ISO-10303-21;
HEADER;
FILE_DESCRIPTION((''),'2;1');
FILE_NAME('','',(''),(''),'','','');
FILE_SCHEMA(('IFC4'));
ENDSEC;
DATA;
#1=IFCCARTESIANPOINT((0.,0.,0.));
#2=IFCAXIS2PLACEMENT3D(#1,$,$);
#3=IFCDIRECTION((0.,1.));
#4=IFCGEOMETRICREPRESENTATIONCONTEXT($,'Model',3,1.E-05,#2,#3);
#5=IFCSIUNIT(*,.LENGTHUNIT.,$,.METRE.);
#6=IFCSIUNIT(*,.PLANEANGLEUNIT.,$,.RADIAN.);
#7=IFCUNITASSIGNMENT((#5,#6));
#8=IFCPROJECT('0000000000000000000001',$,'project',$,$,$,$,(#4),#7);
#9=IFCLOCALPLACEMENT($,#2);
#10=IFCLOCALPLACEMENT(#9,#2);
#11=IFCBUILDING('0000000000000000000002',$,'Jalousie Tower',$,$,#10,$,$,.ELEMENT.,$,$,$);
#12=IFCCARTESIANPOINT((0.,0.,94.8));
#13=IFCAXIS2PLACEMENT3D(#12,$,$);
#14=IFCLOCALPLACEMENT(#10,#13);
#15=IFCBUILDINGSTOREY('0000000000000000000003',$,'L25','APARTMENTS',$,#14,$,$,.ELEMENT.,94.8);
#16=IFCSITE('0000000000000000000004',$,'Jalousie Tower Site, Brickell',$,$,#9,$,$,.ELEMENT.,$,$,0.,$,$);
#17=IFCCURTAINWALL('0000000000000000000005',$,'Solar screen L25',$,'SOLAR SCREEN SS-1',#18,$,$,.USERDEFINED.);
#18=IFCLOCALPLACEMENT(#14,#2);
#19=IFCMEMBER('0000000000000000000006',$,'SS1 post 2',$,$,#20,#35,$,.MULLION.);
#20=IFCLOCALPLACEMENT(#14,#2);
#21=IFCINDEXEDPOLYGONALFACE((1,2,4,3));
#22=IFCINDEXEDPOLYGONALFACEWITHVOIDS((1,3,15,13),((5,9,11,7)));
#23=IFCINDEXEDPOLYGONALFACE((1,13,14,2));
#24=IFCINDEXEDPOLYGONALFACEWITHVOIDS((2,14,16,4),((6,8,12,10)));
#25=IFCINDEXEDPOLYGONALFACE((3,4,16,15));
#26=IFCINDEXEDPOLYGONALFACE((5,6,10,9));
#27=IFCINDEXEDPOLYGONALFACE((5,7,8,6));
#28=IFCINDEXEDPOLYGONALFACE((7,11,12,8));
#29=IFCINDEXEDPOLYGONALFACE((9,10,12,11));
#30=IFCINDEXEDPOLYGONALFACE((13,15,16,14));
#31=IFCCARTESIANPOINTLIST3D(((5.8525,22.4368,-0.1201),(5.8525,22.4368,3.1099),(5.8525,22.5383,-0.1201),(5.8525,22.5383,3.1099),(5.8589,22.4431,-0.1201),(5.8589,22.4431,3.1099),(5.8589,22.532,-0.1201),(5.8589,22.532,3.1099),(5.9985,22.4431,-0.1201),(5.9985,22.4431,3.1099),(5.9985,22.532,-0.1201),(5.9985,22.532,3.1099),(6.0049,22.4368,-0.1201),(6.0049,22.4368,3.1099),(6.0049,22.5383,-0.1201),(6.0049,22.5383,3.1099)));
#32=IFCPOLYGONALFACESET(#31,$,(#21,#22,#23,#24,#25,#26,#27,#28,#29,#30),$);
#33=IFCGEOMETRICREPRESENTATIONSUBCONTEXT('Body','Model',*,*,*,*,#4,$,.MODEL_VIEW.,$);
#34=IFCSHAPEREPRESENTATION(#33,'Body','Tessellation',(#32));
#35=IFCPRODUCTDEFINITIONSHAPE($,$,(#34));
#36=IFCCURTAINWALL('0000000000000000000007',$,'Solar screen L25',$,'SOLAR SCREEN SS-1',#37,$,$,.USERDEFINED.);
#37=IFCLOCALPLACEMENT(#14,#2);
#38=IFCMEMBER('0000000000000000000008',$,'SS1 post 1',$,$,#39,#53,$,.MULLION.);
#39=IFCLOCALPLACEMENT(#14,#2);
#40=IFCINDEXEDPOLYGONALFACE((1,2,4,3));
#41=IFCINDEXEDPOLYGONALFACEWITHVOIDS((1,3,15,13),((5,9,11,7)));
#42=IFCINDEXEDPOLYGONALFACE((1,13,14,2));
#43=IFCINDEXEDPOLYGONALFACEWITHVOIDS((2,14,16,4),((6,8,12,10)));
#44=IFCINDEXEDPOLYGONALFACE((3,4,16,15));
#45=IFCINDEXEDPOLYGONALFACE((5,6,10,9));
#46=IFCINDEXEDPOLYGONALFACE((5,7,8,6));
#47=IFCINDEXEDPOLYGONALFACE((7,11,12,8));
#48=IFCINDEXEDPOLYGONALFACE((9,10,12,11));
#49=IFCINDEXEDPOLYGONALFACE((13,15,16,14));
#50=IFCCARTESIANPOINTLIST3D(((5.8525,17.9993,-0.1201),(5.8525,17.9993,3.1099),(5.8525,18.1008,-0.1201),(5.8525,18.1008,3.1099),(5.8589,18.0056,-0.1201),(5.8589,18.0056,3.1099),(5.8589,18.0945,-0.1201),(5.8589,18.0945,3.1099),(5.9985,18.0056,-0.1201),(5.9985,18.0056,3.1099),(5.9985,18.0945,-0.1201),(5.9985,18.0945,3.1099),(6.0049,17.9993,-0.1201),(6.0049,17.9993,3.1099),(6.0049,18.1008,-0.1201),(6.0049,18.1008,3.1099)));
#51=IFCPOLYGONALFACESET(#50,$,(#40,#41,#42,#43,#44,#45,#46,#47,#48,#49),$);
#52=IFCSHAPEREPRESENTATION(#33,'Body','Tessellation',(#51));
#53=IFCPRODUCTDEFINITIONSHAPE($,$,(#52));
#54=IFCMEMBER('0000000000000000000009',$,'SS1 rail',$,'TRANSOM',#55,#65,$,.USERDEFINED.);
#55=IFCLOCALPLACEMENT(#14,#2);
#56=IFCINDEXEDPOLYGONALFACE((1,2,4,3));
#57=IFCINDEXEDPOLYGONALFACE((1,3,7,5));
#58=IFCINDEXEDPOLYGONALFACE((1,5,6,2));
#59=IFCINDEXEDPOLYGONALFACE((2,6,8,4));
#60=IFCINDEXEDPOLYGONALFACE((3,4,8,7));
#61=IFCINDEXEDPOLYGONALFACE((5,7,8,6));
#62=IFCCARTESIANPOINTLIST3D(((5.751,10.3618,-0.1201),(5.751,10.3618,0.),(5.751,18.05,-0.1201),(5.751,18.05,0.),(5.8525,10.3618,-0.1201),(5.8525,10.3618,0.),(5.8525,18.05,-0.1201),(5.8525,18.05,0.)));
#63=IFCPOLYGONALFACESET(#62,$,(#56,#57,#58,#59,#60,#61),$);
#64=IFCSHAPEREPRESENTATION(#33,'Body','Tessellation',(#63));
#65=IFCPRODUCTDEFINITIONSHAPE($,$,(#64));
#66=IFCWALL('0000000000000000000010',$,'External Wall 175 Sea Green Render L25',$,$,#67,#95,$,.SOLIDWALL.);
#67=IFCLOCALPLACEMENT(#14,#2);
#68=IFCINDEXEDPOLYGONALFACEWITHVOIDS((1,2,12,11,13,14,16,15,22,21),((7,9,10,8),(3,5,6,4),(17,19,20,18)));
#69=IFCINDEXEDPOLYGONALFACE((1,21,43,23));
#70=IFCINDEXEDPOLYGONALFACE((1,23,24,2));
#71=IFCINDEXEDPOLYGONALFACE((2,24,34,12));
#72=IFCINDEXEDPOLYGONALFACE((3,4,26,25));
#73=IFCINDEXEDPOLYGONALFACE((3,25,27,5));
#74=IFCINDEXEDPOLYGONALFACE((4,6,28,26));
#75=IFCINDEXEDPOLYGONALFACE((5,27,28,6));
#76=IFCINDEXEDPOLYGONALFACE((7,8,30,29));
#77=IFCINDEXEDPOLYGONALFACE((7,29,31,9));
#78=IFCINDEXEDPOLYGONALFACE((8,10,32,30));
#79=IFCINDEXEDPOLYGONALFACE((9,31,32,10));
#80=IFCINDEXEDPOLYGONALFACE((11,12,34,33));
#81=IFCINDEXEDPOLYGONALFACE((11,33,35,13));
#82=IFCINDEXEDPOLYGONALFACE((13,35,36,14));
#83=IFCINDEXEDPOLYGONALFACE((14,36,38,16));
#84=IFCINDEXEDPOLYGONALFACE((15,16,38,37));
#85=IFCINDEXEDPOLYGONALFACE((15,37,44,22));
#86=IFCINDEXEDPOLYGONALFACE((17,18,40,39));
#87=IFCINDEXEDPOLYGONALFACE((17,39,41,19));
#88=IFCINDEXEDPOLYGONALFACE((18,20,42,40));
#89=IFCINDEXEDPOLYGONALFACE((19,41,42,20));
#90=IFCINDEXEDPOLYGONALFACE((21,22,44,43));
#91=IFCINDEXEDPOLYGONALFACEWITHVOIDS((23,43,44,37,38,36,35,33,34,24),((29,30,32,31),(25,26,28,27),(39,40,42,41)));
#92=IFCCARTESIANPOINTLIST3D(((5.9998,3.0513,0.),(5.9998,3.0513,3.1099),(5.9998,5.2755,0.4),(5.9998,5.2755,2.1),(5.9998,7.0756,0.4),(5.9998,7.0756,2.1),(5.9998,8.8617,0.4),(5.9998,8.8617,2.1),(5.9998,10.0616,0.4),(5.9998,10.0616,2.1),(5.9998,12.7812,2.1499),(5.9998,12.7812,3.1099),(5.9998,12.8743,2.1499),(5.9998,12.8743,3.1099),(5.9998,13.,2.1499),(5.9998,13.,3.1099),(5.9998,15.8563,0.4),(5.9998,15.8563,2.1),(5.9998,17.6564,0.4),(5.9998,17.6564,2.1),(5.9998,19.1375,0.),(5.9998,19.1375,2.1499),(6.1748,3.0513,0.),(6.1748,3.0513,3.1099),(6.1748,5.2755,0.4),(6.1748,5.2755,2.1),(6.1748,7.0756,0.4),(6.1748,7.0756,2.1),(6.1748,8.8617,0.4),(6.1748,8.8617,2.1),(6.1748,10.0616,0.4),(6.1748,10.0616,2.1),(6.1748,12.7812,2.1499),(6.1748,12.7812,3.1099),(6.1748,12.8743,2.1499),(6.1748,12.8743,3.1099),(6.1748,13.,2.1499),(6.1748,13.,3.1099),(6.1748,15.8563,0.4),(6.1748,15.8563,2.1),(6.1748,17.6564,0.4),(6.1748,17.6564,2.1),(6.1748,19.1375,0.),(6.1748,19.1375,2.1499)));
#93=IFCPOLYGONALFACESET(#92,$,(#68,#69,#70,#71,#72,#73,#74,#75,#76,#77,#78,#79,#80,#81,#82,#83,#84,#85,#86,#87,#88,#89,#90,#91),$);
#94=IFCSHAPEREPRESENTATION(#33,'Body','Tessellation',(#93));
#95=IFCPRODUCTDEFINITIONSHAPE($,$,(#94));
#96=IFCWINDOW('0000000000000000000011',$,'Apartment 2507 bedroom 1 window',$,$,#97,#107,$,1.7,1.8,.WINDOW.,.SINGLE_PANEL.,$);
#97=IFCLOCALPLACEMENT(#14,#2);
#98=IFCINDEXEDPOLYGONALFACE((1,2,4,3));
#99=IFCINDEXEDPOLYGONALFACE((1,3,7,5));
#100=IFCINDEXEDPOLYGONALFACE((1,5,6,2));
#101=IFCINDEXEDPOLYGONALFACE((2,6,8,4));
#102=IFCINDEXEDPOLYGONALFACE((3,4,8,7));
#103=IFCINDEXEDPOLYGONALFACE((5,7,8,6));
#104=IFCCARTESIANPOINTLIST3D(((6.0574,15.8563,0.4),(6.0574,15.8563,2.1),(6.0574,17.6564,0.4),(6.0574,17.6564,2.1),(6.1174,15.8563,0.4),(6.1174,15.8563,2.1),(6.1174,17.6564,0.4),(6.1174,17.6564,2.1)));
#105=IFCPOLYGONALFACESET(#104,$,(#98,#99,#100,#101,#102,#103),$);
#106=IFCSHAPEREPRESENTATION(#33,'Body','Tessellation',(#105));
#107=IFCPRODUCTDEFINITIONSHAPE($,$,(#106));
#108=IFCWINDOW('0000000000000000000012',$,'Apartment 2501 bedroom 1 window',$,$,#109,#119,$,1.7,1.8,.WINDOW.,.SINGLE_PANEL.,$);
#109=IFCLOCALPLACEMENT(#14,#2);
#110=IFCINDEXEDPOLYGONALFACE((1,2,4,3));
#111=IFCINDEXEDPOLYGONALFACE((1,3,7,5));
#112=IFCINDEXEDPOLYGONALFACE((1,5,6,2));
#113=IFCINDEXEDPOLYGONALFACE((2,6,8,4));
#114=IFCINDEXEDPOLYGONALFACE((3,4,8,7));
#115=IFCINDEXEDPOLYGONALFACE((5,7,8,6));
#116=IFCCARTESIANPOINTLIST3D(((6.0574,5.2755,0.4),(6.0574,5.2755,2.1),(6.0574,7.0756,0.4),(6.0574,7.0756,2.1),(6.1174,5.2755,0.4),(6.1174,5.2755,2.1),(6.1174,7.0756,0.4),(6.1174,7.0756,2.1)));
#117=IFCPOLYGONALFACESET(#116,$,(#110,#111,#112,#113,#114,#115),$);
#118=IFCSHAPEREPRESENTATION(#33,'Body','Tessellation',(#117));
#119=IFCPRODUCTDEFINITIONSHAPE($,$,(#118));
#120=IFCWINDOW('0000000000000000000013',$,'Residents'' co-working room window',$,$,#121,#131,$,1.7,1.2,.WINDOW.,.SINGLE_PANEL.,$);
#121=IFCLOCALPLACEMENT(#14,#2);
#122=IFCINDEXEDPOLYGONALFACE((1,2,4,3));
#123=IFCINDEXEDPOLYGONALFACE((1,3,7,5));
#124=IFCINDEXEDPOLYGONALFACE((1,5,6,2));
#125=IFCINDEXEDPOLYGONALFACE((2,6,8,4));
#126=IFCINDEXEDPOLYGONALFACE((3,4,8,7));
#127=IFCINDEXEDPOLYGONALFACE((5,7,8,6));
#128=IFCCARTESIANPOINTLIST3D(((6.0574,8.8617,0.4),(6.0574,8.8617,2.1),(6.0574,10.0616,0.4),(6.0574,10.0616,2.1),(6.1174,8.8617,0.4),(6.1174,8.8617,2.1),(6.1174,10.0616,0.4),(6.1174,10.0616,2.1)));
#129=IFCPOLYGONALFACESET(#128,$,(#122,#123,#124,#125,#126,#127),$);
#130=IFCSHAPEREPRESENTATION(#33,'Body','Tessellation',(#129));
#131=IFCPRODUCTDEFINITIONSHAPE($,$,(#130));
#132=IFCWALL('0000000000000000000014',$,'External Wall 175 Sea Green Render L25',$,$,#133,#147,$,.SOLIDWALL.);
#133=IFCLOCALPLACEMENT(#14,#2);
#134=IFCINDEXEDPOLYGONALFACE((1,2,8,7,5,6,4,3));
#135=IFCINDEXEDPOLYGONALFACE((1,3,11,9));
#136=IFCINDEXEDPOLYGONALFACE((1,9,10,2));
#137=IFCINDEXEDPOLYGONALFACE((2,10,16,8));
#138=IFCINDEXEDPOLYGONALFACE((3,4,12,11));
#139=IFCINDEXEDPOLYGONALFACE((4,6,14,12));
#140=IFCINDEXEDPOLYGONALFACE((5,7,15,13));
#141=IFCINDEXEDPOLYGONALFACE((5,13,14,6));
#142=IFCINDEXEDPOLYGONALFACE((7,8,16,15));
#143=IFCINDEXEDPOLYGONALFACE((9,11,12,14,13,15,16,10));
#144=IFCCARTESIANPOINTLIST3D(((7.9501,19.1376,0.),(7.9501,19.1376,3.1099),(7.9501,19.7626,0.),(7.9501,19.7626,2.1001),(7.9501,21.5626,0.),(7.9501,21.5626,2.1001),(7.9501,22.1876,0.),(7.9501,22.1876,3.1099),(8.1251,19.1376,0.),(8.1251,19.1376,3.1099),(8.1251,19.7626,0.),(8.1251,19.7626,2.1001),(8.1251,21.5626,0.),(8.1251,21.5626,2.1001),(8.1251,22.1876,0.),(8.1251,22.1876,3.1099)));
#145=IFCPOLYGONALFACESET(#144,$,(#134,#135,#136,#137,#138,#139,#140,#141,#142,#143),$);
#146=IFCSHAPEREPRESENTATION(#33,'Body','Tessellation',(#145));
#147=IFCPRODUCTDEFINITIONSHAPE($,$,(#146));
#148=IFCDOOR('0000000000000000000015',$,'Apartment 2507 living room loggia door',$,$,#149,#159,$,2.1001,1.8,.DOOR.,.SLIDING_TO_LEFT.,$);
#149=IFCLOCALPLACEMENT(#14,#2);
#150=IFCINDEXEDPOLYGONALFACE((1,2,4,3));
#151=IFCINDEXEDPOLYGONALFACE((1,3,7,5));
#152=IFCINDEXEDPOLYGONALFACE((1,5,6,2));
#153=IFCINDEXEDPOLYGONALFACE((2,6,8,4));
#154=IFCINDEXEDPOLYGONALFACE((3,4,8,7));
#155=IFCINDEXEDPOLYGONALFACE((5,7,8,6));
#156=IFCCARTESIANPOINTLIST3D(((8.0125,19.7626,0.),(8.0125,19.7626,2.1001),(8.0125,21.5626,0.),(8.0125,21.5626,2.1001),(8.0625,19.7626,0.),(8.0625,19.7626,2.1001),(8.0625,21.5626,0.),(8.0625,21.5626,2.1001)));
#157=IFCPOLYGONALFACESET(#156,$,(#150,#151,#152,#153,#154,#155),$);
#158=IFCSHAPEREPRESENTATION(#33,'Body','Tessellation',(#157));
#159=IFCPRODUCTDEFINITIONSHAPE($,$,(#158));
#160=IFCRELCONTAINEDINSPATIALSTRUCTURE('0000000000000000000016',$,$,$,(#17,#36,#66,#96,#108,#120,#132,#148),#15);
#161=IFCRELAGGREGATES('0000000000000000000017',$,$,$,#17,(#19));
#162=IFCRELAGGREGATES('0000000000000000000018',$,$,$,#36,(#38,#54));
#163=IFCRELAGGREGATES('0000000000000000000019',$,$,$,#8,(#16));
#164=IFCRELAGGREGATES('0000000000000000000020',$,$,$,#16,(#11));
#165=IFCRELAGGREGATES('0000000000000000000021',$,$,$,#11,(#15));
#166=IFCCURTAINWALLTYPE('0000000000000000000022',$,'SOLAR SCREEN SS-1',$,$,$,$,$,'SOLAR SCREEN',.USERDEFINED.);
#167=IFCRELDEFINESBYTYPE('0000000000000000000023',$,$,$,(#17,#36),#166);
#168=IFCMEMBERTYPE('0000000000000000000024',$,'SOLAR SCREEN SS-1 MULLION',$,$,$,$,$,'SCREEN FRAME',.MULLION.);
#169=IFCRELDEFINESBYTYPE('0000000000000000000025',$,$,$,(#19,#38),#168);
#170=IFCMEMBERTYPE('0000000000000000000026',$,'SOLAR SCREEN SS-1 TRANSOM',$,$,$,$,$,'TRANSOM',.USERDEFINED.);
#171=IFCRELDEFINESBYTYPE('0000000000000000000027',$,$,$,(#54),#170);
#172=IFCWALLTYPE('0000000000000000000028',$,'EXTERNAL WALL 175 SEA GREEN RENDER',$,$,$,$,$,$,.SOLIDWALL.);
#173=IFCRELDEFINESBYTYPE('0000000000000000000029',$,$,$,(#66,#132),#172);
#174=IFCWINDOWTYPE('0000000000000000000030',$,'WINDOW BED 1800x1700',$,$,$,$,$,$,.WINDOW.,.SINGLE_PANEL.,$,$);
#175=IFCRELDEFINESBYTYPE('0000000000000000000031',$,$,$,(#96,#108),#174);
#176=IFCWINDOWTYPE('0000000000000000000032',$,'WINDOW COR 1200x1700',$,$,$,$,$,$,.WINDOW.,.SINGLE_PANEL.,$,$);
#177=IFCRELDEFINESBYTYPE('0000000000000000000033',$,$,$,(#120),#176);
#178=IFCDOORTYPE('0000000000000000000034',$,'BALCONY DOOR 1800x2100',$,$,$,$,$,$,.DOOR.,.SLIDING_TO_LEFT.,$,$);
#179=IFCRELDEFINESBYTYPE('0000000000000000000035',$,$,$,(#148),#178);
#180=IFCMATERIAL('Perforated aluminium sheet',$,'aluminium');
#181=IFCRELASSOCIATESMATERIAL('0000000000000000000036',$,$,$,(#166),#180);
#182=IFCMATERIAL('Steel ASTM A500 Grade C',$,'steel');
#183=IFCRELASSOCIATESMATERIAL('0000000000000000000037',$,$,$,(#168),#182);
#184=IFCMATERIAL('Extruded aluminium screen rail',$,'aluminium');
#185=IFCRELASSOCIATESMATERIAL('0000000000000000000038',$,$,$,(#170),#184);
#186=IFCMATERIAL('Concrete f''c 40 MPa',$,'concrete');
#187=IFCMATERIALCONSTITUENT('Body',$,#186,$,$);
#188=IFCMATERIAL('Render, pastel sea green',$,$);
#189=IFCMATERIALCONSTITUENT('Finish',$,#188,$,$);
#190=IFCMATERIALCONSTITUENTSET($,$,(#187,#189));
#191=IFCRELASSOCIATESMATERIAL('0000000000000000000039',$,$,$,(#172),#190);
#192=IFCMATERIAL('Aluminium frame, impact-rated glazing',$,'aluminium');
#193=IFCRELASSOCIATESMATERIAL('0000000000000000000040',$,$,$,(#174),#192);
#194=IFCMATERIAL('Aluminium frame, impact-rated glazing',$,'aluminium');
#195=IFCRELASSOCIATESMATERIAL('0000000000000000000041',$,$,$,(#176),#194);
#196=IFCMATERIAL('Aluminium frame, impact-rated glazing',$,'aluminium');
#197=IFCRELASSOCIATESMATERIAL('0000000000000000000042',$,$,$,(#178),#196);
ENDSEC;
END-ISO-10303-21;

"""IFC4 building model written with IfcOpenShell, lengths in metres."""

from ifc_helpers import new_model, si_unit, direction, frame, frame_2d, origin, origin_2d, place, context, subcontext, project, spatial, polyline, rectangle, hollow_rectangle, outline, extrude, material, constituent, constituent_set, material_profile, profile_set, type_object, element, fill, aggregate, save


model = new_model("IFC4")

# Units and contexts
model_context = context("Model", 3, precision=1e-05, world=origin(), true_north=direction((0.0, 1.0)))
body_context = subcontext(model_context, "Body", "Model", "MODEL_VIEW")
ifc_project = project(units=[si_unit("LENGTHUNIT", "METRE"), si_unit("PLANEANGLEUNIT", "RADIAN")], contexts=[model_context])

# Site, building, storey
site_placement = place(None, origin())
site = spatial("IfcSite", under=ifc_project, at=site_placement, Name="Jalousie Tower Site, Brickell", CompositionType="ELEMENT", RefElevation=0.0)
building_placement = place(site_placement, origin())
building = spatial("IfcBuilding", under=site, at=building_placement, Name="Jalousie Tower", CompositionType="ELEMENT")
storey_placement = place(building_placement, frame((0.0, 0.0, 94.8)))
storey = spatial("IfcBuildingStorey", under=building, at=storey_placement, Name="L25", Description="APARTMENTS", CompositionType="ELEMENT", Elevation=94.8)

# Curtain wall, member
ifc_material_1 = material(Name="Perforated aluminium sheet", Category="aluminium")
curtain_wall_type = type_object("IfcCurtainWallType", Name="SOLAR SCREEN SS-1", ElementType="SOLAR SCREEN", PredefinedType="USERDEFINED", material=ifc_material_1)
curtain_wall_1_placement = place(storey_placement, origin())
curtain_wall_1 = element("IfcCurtainWall", 1, at=curtain_wall_1_placement, inside=storey, type_object=curtain_wall_type, Name="Solar screen L25", ObjectType="SOLAR SCREEN SS-1", PredefinedType="USERDEFINED")
ifc_material_2 = material(Name="Steel ASTM A500 Grade C", Category="steel")
ifc_material_profile_1 = material_profile(ifc_material_2, hollow_rectangle(XDim=0.1016, YDim=0.1523, WallThickness=0.0063, at=origin_2d()), Name="HSS6X4X1/4")
ifc_profile_set_1 = profile_set([ifc_material_profile_1], Name="Steel ASTM A500 Grade C")
member_type_1 = type_object("IfcMemberType", Name="SOLAR SCREEN SS-1 MULLION", ElementType="SCREEN FRAME", PredefinedType="MULLION", material=ifc_profile_set_1)
member_1_placement = place(storey_placement, frame((5.9287, 22.4875, -0.1201), z_axis=(0.0, 0.0, 1.0), x_axis=(0.0, -1.0, 0.0)))
member_1 = element("IfcMember", 2, at=member_1_placement, type_object=member_type_1, Name="SS1 post 2", PredefinedType="MULLION", context=body_context, shape_type="SweptSolid", body=[
    extrude(hollow_rectangle(XDim=0.1016, YDim=0.1523, WallThickness=0.0063, at=origin_2d()), origin(), (0.0, 0.0, 1.0), 3.23),
])
aggregate(curtain_wall_1, [member_1])

# Curtain wall, members
curtain_wall_2_placement = place(storey_placement, origin())
curtain_wall_2 = element("IfcCurtainWall", 3, at=curtain_wall_2_placement, inside=storey, type_object=curtain_wall_type, Name="Solar screen L25", ObjectType="SOLAR SCREEN SS-1", PredefinedType="USERDEFINED")
member_2_placement = place(storey_placement, frame((5.9287, 18.05, -0.1201), z_axis=(0.0, 0.0, 1.0), x_axis=(0.0, -1.0, 0.0)))
member_2 = element("IfcMember", 4, at=member_2_placement, type_object=member_type_1, Name="SS1 post 1", PredefinedType="MULLION", context=body_context, shape_type="SweptSolid", body=[
    extrude(hollow_rectangle(XDim=0.1016, YDim=0.1523, WallThickness=0.0063, at=origin_2d()), origin(), (0.0, 0.0, 1.0), 3.23),
])
ifc_material_3 = material(Name="Extruded aluminium screen rail", Category="aluminium")
ifc_material_profile_2 = material_profile(ifc_material_3, rectangle(XDim=0.1016, YDim=0.1201, at=origin_2d()), Name="RAIL 102x120")
ifc_profile_set_2 = profile_set([ifc_material_profile_2], Name="Extruded aluminium screen rail")
member_type_2 = type_object("IfcMemberType", Name="SOLAR SCREEN SS-1 TRANSOM", ElementType="TRANSOM", PredefinedType="USERDEFINED", material=ifc_profile_set_2)
member_3_placement = place(storey_placement, frame((5.8018, 18.05, -0.0601), z_axis=(0.0, -1.0, 0.0), x_axis=(1.0, 0.0, 0.0)))
member_3 = element("IfcMember", 5, at=member_3_placement, type_object=member_type_2, Name="SS1 rail", ObjectType="TRANSOM", PredefinedType="USERDEFINED", context=body_context, shape_type="SweptSolid", body=[
    extrude(rectangle(XDim=0.1016, YDim=0.1201, at=origin_2d()), origin(), (0.0, 0.0, 1.0), 7.6882),
])
aggregate(curtain_wall_2, [member_2, member_3])

# Wall, openings, windows
ifc_material_4 = material(Name="Concrete f'c 40 MPa", Category="concrete")
ifc_constituent_1 = constituent(ifc_material_4, Name="Body")
ifc_material_5 = material(Name="Render, pastel sea green")
ifc_constituent_2 = constituent(ifc_material_5, Name="Finish")
ifc_constituent_set_1 = constituent_set(constituents=[ifc_constituent_1, ifc_constituent_2])
wall_type_1 = type_object("IfcWallType", Name="EXTERNAL WALL 175 SEA GREEN RENDER", PredefinedType="SOLIDWALL", material=ifc_constituent_set_1)
wall_1_placement = place(storey_placement, frame((6.0874, 19.1375, 0.0), z_axis=(0.0, 0.0, 1.0), x_axis=(0.0, -1.0, 0.0)))
wall_1 = element("IfcWall", 6, at=wall_1_placement, inside=storey, type_object=wall_type_1, Name="External Wall 175 Sea Green Render L25", PredefinedType="SOLIDWALL", context=body_context, shape_type="SweptSolid", body=[
    extrude(outline(polyline([(0.0, 0.0), (16.0862, 0.0), (16.0862, 3.1099), (6.3562, 3.1099), (6.3562, 2.1499), (6.2632, 2.1499), (6.2632, 3.1099), (6.1375, 3.1099), (6.1375, 2.1499), (0.0, 2.1499), (0.0, 0.0)])), frame((0.0, 0.0874, 0.0), z_axis=(0.0, -1.0, 0.0), x_axis=(1.0, 0.0, 0.0)), (0.0, 0.0, 1.0), 0.175),
])
opening_1_placement = place(wall_1_placement, frame((1.4812, 0.0, 0.3999)))
opening_1 = element("IfcOpeningElement", 7, at=opening_1_placement, cuts=wall_1, PredefinedType="OPENING", context=body_context, shape_type="SweptSolid", body=[
    extrude(rectangle(XDim=1.8, YDim=1.7, at=frame_2d((0.8999, 0.8501))), frame((0.0, 0.0974, 0.0), z_axis=(0.0, -1.0, 0.0), x_axis=(1.0, 0.0, 0.0)), (0.0, 0.0, 1.0), 0.1951),
])
opening_2_placement = place(wall_1_placement, frame((9.0757, 0.0, 0.3999)))
opening_2 = element("IfcOpeningElement", 8, at=opening_2_placement, cuts=wall_1, PredefinedType="OPENING", context=body_context, shape_type="SweptSolid", body=[
    extrude(rectangle(XDim=1.2, YDim=1.7, at=frame_2d((0.6001, 0.8501))), frame((0.0, 0.0974, 0.0), z_axis=(0.0, -1.0, 0.0), x_axis=(1.0, 0.0, 0.0)), (0.0, 0.0, 1.0), 0.1951),
])
opening_3_placement = place(wall_1_placement, frame((12.062, 0.0, 0.3999)))
opening_3 = element("IfcOpeningElement", 9, at=opening_3_placement, cuts=wall_1, PredefinedType="OPENING", context=body_context, shape_type="SweptSolid", body=[
    extrude(rectangle(XDim=1.8, YDim=1.7, at=frame_2d((0.8999, 0.8501))), frame((0.0, 0.0974, 0.0), z_axis=(0.0, -1.0, 0.0), x_axis=(1.0, 0.0, 0.0)), (0.0, 0.0, 1.0), 0.1951),
])
ifc_material_6 = material(Name="Aluminium frame, impact-rated glazing", Category="aluminium")
window_type_1 = type_object("IfcWindowType", Name="WINDOW BED 1800x1700", PartitioningType="SINGLE_PANEL", PredefinedType="WINDOW", material=ifc_material_6)
window_1_placement = place(opening_1_placement, origin())
window_1 = element("IfcWindow", 10, at=window_1_placement, inside=storey, type_object=window_type_1, Name="Apartment 2507 bedroom 1 window", OverallHeight=1.7, OverallWidth=1.8, PartitioningType="SINGLE_PANEL", PredefinedType="WINDOW", context=body_context, shape_type="SweptSolid", body=[
    extrude(rectangle(XDim=1.8, YDim=1.7, at=frame_2d((0.8999, 0.8501))), frame((0.0, 0.03, 0.0), z_axis=(0.0, -1.0, 0.0), x_axis=(1.0, 0.0, 0.0)), (0.0, 0.0, 1.0), 0.0601),
])
fill(opening_1, window_1)
window_2_placement = place(opening_3_placement, origin())
window_2 = element("IfcWindow", 11, at=window_2_placement, inside=storey, type_object=window_type_1, Name="Apartment 2501 bedroom 1 window", OverallHeight=1.7, OverallWidth=1.8, PartitioningType="SINGLE_PANEL", PredefinedType="WINDOW", context=body_context, shape_type="SweptSolid", body=[
    extrude(rectangle(XDim=1.8, YDim=1.7, at=frame_2d((0.8999, 0.8501))), frame((0.0, 0.03, 0.0), z_axis=(0.0, -1.0, 0.0), x_axis=(1.0, 0.0, 0.0)), (0.0, 0.0, 1.0), 0.0601),
])
fill(opening_3, window_2)
ifc_material_7 = material(Name="Aluminium frame, impact-rated glazing", Category="aluminium")
window_type_2 = type_object("IfcWindowType", Name="WINDOW COR 1200x1700", PartitioningType="SINGLE_PANEL", PredefinedType="WINDOW", material=ifc_material_7)
window_3_placement = place(opening_2_placement, origin())
window_3 = element("IfcWindow", 12, at=window_3_placement, inside=storey, type_object=window_type_2, Name="Residents' co-working room window", OverallHeight=1.7, OverallWidth=1.2, PartitioningType="SINGLE_PANEL", PredefinedType="WINDOW", context=body_context, shape_type="SweptSolid", body=[
    extrude(rectangle(XDim=1.2, YDim=1.7, at=frame_2d((0.6001, 0.8501))), frame((0.0, 0.03, 0.0), z_axis=(0.0, -1.0, 0.0), x_axis=(1.0, 0.0, 0.0)), (0.0, 0.0, 1.0), 0.0601),
])
fill(opening_2, window_3)

# Wall, opening, door
wall_2_placement = place(storey_placement, frame((8.0376, 22.1875, 0.0), z_axis=(0.0, 0.0, 1.0), x_axis=(0.0, -1.0, 0.0)))
wall_2 = element("IfcWall", 13, at=wall_2_placement, inside=storey, type_object=wall_type_1, Name="External Wall 175 Sea Green Render L25", PredefinedType="SOLIDWALL", context=body_context, shape_type="SweptSolid", body=[
    extrude(rectangle(XDim=3.05, YDim=0.175, at=frame_2d((1.5249, 0.0))), origin(), (0.0, 0.0, 1.0), 3.1099),
])
opening_4_placement = place(wall_2_placement, frame((0.625, 0.0, 0.0)))
opening_4 = element("IfcOpeningElement", 14, at=opening_4_placement, cuts=wall_2, PredefinedType="OPENING", context=body_context, shape_type="SweptSolid", body=[
    extrude(rectangle(XDim=1.8, YDim=2.1001, at=frame_2d((0.8999, 1.05))), frame((0.0, 0.0974, 0.0), z_axis=(0.0, -1.0, 0.0), x_axis=(1.0, 0.0, 0.0)), (0.0, 0.0, 1.0), 0.1951),
])
ifc_material_8 = material(Name="Aluminium frame, impact-rated glazing", Category="aluminium")
door_type_1 = type_object("IfcDoorType", Name="BALCONY DOOR 1800x2100", OperationType="SLIDING_TO_LEFT", PredefinedType="DOOR", material=ifc_material_8)
door_1_placement = place(opening_4_placement, origin())
door_1 = element("IfcDoor", 15, at=door_1_placement, inside=storey, type_object=door_type_1, Name="Apartment 2507 living room loggia door", OperationType="SLIDING_TO_LEFT", OverallHeight=2.1001, OverallWidth=1.8, PredefinedType="DOOR", context=body_context, shape_type="SweptSolid", body=[
    extrude(rectangle(XDim=1.8, YDim=2.1001, at=frame_2d((0.8999, 1.05))), frame((0.0, 0.0249, 0.0), z_axis=(0.0, -1.0, 0.0), x_axis=(1.0, 0.0, 0.0)), (0.0, 0.0, 1.0), 0.05),
])
fill(opening_4, door_1)

save(model, "model.ifc")
